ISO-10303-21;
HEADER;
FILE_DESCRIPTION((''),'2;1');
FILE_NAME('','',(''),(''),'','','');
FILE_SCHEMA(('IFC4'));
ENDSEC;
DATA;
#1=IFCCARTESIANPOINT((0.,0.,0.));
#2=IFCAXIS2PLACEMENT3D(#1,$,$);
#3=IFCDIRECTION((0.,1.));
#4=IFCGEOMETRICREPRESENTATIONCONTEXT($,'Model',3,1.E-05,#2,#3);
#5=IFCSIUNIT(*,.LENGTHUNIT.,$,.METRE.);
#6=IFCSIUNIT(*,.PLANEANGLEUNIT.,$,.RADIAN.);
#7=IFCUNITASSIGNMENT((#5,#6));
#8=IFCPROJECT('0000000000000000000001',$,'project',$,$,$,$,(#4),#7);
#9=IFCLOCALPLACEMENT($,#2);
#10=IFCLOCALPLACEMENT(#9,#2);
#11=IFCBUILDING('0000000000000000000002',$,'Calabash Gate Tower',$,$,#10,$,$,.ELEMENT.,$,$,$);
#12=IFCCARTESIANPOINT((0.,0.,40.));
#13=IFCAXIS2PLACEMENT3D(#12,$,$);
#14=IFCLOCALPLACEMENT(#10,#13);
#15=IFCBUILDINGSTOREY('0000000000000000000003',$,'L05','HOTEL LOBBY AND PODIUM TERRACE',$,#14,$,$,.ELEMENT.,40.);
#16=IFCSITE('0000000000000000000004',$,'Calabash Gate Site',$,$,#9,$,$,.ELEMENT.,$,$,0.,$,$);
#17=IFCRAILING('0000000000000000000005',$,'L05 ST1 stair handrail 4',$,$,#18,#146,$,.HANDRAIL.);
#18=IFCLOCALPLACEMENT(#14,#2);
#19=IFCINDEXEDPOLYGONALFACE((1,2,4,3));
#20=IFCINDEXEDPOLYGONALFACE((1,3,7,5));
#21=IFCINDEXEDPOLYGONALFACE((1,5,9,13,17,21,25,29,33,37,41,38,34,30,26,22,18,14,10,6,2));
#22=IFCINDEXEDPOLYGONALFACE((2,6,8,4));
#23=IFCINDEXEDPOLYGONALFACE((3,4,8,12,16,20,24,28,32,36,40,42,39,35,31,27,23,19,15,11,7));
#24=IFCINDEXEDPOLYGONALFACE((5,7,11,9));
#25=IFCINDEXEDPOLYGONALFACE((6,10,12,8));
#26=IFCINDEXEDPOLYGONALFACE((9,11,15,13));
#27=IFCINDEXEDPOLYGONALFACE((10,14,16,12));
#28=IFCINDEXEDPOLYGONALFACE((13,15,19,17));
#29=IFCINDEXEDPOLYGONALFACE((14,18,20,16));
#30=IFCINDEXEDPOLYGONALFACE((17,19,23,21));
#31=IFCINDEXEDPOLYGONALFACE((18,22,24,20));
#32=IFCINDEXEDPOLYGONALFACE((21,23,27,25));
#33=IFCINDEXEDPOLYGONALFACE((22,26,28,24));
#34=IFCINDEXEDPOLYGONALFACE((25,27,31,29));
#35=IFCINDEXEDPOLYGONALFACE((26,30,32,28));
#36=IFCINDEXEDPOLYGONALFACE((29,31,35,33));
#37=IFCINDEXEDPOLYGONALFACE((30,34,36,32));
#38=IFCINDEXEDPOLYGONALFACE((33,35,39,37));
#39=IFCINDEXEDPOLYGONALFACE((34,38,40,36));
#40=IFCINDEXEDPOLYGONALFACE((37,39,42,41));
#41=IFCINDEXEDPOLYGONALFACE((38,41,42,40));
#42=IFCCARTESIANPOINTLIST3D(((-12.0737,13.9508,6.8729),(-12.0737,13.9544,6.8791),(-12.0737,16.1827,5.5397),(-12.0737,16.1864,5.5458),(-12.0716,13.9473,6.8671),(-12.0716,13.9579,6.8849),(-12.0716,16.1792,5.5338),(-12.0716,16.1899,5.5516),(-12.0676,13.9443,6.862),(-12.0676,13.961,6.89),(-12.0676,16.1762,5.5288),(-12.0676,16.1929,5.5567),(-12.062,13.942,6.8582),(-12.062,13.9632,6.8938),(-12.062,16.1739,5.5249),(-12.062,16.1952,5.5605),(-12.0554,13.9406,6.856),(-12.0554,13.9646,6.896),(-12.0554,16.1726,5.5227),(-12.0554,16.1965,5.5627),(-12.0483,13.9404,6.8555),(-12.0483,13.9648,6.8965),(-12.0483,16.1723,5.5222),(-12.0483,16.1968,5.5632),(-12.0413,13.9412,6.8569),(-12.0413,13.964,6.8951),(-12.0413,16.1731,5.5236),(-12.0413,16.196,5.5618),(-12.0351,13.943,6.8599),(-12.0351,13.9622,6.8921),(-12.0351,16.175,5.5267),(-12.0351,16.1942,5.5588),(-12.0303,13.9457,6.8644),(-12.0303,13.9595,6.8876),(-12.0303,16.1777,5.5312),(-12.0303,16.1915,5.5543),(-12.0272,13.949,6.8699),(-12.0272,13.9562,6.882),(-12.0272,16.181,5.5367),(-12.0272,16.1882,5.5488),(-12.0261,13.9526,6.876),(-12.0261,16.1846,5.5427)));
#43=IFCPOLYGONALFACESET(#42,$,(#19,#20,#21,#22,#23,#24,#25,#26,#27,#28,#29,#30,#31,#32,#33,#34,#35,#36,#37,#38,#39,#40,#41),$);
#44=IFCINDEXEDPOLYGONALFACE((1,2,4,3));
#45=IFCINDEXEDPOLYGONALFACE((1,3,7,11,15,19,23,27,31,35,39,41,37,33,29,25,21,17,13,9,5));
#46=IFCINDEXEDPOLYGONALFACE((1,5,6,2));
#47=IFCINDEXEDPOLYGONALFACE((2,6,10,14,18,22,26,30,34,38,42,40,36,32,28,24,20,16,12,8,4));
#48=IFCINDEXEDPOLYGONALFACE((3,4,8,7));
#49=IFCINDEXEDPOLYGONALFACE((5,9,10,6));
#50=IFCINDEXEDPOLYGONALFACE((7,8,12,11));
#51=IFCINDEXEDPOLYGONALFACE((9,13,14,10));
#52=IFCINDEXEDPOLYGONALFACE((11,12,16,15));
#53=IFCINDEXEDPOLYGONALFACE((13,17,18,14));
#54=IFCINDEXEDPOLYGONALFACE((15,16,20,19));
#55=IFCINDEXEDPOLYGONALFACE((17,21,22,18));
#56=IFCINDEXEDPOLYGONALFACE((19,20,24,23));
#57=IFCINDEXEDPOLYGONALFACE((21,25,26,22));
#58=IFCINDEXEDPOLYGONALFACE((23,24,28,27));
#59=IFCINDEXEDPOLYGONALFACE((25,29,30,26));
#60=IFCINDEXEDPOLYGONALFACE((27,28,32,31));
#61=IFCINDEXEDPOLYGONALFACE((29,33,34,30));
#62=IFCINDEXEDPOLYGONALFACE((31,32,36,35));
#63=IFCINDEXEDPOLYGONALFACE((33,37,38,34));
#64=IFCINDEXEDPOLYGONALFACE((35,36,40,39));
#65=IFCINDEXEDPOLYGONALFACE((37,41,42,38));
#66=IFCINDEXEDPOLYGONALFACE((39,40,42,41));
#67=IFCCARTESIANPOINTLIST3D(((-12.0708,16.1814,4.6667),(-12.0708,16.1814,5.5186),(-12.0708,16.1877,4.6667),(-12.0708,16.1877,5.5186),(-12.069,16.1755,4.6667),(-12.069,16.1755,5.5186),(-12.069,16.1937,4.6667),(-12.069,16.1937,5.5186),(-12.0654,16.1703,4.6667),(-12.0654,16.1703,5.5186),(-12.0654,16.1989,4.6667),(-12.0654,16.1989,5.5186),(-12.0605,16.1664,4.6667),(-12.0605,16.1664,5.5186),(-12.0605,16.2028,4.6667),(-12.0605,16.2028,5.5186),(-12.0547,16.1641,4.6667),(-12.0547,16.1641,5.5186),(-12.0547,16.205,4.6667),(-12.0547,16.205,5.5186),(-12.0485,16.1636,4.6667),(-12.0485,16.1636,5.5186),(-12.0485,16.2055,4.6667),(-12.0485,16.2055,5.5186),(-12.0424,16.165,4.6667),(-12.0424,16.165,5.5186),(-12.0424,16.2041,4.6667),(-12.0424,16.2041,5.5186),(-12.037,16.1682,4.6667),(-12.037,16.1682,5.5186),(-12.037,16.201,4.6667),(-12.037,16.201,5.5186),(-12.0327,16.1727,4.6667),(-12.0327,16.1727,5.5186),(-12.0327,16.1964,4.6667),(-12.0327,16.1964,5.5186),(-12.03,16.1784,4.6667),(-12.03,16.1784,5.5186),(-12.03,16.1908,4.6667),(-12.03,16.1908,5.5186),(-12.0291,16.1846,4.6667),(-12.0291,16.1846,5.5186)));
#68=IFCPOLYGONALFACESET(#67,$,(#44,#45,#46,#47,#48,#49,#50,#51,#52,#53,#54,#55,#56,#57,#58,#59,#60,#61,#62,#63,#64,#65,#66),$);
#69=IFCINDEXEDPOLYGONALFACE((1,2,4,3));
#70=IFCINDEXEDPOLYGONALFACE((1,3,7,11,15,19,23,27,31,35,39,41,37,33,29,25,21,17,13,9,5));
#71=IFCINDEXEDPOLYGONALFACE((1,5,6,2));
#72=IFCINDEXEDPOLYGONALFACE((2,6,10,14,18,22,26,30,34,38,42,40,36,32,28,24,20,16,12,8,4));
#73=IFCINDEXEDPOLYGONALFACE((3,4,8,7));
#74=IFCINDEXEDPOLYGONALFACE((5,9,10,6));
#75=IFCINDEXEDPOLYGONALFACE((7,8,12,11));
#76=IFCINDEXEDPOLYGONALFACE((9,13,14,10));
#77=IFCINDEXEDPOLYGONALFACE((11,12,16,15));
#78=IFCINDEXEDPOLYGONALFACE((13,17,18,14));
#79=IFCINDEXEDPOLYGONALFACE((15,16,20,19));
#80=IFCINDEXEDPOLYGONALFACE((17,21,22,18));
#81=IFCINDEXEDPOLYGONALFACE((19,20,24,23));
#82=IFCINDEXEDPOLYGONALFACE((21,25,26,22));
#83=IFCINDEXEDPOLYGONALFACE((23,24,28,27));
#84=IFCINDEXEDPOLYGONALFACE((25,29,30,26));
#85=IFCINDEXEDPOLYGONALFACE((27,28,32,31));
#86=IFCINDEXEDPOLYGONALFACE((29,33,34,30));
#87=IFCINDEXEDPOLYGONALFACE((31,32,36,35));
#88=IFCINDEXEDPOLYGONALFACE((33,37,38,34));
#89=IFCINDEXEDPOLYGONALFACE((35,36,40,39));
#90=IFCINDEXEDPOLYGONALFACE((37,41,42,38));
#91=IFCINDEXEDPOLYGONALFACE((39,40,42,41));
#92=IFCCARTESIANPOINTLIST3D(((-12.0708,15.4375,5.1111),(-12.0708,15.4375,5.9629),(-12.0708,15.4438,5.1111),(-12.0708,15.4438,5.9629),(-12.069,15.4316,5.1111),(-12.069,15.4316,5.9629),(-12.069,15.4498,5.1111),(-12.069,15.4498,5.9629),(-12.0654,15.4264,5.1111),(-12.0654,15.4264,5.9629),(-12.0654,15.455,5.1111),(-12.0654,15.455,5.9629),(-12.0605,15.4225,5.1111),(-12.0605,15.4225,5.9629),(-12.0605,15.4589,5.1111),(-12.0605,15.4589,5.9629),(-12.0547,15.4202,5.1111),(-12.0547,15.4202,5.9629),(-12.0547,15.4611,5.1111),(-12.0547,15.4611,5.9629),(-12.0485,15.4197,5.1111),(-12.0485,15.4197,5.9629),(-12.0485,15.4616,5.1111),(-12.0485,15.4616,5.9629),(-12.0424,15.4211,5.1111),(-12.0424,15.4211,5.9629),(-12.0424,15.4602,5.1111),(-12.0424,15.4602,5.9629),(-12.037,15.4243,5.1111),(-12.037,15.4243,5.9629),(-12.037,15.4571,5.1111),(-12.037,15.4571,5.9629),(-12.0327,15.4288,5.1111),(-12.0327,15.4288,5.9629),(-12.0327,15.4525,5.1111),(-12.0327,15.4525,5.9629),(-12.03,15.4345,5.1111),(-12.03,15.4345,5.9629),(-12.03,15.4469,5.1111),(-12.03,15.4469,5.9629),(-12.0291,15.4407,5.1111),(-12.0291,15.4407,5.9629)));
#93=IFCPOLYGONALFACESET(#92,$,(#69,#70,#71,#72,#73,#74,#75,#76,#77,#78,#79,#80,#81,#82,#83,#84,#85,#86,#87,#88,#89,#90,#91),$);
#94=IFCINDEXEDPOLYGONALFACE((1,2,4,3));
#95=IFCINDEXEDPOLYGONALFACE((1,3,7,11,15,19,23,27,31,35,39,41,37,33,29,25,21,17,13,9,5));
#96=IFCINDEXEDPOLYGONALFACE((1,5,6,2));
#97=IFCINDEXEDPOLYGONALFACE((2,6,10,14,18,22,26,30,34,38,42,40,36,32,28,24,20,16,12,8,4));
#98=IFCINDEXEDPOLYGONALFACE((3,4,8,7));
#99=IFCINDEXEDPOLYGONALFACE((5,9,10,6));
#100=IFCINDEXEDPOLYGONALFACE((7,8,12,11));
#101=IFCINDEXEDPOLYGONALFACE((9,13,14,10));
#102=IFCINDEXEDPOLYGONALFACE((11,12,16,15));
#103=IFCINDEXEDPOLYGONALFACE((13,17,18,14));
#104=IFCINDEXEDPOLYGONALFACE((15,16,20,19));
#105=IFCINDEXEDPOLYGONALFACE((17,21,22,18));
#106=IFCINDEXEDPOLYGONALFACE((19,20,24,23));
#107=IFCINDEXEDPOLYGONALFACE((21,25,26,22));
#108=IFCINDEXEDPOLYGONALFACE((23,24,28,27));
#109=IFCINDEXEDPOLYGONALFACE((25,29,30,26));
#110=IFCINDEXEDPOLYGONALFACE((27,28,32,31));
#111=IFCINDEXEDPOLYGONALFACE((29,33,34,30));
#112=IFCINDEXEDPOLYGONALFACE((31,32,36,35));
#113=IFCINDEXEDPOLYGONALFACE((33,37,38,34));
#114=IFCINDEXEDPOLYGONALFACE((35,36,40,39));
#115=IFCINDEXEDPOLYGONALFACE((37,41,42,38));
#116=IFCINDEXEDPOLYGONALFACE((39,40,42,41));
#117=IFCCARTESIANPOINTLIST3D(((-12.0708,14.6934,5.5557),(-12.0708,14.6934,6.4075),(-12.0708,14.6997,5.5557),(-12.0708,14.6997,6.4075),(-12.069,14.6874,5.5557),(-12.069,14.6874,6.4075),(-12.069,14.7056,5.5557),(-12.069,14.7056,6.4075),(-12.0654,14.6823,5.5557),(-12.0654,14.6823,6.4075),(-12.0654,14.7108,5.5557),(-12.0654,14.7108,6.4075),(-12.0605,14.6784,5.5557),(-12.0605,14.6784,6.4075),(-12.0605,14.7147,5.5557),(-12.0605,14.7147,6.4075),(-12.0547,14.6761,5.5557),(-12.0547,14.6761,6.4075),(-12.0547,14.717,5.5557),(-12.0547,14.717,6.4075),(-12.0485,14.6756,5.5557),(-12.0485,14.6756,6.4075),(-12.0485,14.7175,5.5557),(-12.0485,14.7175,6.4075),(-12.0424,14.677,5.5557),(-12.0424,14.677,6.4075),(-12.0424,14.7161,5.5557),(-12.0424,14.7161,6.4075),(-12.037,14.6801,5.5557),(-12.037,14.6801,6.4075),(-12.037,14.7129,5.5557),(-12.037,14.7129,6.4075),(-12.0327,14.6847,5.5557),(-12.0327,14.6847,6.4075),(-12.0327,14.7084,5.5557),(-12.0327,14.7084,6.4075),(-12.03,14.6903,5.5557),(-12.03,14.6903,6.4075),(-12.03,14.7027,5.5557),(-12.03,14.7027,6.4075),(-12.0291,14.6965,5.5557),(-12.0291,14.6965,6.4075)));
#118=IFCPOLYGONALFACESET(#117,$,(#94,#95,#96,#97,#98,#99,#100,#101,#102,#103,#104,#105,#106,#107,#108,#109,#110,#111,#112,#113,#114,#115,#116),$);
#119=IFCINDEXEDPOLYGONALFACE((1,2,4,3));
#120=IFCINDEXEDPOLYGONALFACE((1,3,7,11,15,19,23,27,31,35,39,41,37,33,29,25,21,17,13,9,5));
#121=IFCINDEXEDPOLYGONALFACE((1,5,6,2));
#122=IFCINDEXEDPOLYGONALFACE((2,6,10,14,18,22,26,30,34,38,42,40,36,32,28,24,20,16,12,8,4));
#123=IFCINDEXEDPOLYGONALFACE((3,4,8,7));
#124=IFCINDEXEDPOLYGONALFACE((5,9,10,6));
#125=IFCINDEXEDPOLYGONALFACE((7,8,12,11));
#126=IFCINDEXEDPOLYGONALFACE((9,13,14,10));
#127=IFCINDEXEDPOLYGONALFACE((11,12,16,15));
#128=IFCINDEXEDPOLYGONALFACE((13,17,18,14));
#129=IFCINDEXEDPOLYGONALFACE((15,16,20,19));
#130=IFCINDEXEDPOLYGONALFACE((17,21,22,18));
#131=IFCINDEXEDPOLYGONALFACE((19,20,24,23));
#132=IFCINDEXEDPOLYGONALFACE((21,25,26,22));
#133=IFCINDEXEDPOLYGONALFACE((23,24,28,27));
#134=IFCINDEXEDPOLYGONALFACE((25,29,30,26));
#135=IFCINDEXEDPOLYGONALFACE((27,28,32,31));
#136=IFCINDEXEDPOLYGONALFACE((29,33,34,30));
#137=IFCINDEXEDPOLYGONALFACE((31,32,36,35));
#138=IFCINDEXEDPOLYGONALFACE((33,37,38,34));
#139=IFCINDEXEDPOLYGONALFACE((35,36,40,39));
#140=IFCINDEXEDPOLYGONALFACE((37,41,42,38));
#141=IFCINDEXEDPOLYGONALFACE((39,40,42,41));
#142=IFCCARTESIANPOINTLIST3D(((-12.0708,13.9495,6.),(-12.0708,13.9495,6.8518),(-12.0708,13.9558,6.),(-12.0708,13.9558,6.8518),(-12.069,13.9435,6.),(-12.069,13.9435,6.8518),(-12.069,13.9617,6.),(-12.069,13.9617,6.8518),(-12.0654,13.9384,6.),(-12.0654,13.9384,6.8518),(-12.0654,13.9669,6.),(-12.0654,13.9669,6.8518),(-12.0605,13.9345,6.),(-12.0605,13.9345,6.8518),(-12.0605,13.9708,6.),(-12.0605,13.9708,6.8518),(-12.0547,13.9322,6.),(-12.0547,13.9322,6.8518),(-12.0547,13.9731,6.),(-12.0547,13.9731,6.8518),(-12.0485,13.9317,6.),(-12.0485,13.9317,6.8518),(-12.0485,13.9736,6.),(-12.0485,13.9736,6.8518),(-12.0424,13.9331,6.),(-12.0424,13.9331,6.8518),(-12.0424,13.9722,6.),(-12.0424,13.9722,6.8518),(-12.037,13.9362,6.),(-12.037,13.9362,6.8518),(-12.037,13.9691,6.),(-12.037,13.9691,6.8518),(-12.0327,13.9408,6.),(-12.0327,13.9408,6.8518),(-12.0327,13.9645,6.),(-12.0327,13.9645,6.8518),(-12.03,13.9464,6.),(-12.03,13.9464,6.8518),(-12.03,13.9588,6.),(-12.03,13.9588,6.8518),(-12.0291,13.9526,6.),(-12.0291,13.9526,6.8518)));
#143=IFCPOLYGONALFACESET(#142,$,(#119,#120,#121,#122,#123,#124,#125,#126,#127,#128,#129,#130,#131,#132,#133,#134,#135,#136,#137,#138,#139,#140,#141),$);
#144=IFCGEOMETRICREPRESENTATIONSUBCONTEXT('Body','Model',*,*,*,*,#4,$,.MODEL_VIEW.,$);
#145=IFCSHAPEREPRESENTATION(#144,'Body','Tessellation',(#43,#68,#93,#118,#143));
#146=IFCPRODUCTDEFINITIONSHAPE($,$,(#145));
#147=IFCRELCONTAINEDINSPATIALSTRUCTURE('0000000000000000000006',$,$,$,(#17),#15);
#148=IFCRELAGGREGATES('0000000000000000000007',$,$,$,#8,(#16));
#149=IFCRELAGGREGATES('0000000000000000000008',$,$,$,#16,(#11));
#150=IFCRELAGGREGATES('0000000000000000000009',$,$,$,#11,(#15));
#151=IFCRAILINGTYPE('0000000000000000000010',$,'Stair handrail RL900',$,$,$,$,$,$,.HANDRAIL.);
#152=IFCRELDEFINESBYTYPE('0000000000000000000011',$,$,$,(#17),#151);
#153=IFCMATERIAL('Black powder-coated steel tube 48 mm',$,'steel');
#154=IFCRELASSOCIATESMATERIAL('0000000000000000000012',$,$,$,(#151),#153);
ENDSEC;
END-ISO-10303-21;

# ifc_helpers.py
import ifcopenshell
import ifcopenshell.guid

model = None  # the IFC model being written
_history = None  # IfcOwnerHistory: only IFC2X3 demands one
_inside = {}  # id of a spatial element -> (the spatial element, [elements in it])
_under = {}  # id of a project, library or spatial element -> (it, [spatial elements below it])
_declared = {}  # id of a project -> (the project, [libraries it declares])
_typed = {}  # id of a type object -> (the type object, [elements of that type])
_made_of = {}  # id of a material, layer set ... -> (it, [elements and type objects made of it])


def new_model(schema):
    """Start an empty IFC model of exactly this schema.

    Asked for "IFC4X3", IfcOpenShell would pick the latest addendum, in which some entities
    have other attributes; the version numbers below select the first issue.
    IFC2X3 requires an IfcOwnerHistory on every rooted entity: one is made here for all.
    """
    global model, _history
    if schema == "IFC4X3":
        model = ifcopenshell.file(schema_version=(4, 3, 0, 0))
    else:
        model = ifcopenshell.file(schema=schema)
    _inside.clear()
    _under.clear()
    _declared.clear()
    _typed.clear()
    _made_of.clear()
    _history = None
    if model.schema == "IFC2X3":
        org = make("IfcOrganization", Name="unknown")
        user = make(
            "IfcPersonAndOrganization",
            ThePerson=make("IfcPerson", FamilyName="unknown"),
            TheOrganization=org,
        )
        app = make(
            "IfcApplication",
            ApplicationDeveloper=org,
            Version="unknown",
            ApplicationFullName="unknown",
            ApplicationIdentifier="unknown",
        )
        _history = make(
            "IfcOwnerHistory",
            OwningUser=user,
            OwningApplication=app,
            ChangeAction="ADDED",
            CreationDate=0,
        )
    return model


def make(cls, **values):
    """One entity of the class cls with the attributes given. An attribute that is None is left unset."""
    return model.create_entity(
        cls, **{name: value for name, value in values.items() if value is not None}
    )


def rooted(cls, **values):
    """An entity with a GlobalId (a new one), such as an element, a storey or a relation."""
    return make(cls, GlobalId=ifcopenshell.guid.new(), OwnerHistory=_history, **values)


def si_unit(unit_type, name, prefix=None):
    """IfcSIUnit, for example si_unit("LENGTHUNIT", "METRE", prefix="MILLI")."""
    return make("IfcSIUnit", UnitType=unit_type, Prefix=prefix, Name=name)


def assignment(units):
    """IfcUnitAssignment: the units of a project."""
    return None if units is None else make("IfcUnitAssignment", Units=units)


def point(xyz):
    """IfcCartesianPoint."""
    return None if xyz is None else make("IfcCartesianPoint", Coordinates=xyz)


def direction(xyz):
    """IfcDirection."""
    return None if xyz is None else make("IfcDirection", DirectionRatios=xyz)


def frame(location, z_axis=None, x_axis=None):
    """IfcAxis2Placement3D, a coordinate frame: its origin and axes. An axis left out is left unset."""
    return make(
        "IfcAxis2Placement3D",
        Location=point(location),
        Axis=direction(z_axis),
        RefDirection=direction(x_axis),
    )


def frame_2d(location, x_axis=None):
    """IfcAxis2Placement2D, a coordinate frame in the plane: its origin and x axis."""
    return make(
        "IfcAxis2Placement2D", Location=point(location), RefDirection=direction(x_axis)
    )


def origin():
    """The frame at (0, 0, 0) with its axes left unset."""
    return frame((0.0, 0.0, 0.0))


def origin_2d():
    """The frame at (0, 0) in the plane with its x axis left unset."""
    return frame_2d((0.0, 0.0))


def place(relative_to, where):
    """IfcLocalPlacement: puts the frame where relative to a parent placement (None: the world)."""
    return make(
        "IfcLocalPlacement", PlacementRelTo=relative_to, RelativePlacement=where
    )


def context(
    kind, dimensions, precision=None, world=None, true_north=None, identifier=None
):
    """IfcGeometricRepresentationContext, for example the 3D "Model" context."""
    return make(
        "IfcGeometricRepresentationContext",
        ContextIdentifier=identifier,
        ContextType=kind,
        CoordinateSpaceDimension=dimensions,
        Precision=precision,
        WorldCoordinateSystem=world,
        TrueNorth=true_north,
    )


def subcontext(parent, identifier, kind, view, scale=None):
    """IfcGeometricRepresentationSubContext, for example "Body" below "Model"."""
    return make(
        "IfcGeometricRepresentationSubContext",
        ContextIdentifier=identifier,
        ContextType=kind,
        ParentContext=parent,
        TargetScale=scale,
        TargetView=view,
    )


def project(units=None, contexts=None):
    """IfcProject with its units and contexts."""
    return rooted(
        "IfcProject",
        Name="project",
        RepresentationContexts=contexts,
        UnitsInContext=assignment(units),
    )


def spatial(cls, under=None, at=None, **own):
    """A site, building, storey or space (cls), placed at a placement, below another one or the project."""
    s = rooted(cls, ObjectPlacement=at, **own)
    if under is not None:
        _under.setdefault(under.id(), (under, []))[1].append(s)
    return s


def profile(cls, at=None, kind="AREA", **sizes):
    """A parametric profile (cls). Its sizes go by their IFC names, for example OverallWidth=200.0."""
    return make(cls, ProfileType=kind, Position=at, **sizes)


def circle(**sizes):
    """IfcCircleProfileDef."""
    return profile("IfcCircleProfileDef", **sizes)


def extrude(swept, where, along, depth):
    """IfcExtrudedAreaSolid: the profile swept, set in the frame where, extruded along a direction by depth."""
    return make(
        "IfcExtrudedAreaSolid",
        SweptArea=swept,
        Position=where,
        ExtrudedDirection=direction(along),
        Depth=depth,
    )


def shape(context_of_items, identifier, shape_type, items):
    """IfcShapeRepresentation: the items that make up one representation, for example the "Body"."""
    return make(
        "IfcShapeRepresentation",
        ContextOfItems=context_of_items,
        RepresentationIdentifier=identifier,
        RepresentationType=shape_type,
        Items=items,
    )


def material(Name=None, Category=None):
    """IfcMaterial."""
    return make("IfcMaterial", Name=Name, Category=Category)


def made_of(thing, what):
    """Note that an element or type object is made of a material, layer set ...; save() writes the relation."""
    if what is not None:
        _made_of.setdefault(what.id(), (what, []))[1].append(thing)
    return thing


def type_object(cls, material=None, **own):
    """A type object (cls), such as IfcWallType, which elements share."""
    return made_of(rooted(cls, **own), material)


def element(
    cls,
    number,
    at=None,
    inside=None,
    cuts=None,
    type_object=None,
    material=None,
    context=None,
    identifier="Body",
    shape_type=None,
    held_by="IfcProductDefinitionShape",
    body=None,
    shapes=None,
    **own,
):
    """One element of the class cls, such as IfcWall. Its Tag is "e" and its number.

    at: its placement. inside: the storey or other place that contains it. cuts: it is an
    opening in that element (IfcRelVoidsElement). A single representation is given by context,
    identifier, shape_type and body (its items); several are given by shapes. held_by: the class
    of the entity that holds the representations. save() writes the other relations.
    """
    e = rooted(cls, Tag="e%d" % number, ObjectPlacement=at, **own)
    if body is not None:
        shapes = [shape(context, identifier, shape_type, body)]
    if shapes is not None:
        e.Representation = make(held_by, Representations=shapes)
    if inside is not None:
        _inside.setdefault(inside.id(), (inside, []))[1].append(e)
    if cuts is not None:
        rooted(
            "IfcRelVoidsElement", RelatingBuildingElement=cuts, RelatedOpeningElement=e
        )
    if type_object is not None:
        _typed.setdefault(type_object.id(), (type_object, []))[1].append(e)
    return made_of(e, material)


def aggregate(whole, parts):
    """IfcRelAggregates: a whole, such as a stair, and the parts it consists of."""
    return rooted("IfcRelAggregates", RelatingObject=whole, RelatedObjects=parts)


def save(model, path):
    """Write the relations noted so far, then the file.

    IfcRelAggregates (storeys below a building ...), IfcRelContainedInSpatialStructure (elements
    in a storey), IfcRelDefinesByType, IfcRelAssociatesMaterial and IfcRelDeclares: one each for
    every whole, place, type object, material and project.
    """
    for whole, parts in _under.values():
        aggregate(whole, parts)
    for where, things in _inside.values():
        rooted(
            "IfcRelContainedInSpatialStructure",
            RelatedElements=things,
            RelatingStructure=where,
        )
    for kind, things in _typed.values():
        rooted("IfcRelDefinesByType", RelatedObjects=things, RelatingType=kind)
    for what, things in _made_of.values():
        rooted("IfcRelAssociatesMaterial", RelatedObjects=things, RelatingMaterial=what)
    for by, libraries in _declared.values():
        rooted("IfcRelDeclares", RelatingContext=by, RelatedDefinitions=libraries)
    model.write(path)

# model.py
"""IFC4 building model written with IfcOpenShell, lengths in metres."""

from ifc_helpers import new_model, si_unit, direction, frame, origin, origin_2d, place, context, subcontext, project, spatial, circle, extrude, material, type_object, element, save


model = new_model("IFC4")

# Units and contexts
model_context = context("Model", 3, precision=1e-05, world=origin(), true_north=direction((0.0, 1.0)))
body_context = subcontext(model_context, "Body", "Model", "MODEL_VIEW")
ifc_project = project(units=[si_unit("LENGTHUNIT", "METRE"), si_unit("PLANEANGLEUNIT", "RADIAN")], contexts=[model_context])

# Site, building, storey
site_placement = place(None, origin())
site = spatial("IfcSite", under=ifc_project, at=site_placement, Name="Calabash Gate Site", CompositionType="ELEMENT", RefElevation=0.0)
building_placement = place(site_placement, origin())
building = spatial("IfcBuilding", under=site, at=building_placement, Name="Calabash Gate Tower", CompositionType="ELEMENT")
storey_placement = place(building_placement, frame((0.0, 0.0, 40.0)))
storey = spatial("IfcBuildingStorey", under=building, at=storey_placement, Name="L05", Description="HOTEL LOBBY AND PODIUM TERRACE", CompositionType="ELEMENT", Elevation=40.0)

# Railing
ifc_material_1 = material(Name="Black powder-coated steel tube 48 mm", Category="steel")
railing_type_1 = type_object("IfcRailingType", Name="Stair handrail RL900", PredefinedType="HANDRAIL", material=ifc_material_1)
for number, where, name in (
    (1, (-12.05, 16.1846, 4.6667), "L05 ST1 stair handrail 4"),
):
    element("IfcRailing", number, at=place(storey_placement, frame(where)), inside=storey, type_object=railing_type_1, Name=name, PredefinedType="HANDRAIL", context=body_context, shape_type="SweptSolid", body=[
        extrude(circle(Radius=0.0239, at=origin_2d()), frame((0.0, 0.0, 0.876), z_axis=(0.0, -0.858494, 0.512824), x_axis=(1.0, 0.0, 0.0)), (0.0, 0.0, 1.0), 2.5999),
        extrude(circle(Radius=0.021, at=origin_2d()), origin(), (0.0, 0.0, 1.0), 0.8518),
        extrude(circle(Radius=0.021, at=origin_2d()), frame((0.0, -0.7439, 0.4443)), (0.0, 0.0, 1.0), 0.8518),
        extrude(circle(Radius=0.021, at=origin_2d()), frame((0.0, -1.488, 0.8889)), (0.0, 0.0, 1.0), 0.8518),
        extrude(circle(Radius=0.021, at=origin_2d()), frame((0.0, -2.2319, 1.3333)), (0.0, 0.0, 1.0), 0.8518),
    ])

save(model, "model.ifc")
